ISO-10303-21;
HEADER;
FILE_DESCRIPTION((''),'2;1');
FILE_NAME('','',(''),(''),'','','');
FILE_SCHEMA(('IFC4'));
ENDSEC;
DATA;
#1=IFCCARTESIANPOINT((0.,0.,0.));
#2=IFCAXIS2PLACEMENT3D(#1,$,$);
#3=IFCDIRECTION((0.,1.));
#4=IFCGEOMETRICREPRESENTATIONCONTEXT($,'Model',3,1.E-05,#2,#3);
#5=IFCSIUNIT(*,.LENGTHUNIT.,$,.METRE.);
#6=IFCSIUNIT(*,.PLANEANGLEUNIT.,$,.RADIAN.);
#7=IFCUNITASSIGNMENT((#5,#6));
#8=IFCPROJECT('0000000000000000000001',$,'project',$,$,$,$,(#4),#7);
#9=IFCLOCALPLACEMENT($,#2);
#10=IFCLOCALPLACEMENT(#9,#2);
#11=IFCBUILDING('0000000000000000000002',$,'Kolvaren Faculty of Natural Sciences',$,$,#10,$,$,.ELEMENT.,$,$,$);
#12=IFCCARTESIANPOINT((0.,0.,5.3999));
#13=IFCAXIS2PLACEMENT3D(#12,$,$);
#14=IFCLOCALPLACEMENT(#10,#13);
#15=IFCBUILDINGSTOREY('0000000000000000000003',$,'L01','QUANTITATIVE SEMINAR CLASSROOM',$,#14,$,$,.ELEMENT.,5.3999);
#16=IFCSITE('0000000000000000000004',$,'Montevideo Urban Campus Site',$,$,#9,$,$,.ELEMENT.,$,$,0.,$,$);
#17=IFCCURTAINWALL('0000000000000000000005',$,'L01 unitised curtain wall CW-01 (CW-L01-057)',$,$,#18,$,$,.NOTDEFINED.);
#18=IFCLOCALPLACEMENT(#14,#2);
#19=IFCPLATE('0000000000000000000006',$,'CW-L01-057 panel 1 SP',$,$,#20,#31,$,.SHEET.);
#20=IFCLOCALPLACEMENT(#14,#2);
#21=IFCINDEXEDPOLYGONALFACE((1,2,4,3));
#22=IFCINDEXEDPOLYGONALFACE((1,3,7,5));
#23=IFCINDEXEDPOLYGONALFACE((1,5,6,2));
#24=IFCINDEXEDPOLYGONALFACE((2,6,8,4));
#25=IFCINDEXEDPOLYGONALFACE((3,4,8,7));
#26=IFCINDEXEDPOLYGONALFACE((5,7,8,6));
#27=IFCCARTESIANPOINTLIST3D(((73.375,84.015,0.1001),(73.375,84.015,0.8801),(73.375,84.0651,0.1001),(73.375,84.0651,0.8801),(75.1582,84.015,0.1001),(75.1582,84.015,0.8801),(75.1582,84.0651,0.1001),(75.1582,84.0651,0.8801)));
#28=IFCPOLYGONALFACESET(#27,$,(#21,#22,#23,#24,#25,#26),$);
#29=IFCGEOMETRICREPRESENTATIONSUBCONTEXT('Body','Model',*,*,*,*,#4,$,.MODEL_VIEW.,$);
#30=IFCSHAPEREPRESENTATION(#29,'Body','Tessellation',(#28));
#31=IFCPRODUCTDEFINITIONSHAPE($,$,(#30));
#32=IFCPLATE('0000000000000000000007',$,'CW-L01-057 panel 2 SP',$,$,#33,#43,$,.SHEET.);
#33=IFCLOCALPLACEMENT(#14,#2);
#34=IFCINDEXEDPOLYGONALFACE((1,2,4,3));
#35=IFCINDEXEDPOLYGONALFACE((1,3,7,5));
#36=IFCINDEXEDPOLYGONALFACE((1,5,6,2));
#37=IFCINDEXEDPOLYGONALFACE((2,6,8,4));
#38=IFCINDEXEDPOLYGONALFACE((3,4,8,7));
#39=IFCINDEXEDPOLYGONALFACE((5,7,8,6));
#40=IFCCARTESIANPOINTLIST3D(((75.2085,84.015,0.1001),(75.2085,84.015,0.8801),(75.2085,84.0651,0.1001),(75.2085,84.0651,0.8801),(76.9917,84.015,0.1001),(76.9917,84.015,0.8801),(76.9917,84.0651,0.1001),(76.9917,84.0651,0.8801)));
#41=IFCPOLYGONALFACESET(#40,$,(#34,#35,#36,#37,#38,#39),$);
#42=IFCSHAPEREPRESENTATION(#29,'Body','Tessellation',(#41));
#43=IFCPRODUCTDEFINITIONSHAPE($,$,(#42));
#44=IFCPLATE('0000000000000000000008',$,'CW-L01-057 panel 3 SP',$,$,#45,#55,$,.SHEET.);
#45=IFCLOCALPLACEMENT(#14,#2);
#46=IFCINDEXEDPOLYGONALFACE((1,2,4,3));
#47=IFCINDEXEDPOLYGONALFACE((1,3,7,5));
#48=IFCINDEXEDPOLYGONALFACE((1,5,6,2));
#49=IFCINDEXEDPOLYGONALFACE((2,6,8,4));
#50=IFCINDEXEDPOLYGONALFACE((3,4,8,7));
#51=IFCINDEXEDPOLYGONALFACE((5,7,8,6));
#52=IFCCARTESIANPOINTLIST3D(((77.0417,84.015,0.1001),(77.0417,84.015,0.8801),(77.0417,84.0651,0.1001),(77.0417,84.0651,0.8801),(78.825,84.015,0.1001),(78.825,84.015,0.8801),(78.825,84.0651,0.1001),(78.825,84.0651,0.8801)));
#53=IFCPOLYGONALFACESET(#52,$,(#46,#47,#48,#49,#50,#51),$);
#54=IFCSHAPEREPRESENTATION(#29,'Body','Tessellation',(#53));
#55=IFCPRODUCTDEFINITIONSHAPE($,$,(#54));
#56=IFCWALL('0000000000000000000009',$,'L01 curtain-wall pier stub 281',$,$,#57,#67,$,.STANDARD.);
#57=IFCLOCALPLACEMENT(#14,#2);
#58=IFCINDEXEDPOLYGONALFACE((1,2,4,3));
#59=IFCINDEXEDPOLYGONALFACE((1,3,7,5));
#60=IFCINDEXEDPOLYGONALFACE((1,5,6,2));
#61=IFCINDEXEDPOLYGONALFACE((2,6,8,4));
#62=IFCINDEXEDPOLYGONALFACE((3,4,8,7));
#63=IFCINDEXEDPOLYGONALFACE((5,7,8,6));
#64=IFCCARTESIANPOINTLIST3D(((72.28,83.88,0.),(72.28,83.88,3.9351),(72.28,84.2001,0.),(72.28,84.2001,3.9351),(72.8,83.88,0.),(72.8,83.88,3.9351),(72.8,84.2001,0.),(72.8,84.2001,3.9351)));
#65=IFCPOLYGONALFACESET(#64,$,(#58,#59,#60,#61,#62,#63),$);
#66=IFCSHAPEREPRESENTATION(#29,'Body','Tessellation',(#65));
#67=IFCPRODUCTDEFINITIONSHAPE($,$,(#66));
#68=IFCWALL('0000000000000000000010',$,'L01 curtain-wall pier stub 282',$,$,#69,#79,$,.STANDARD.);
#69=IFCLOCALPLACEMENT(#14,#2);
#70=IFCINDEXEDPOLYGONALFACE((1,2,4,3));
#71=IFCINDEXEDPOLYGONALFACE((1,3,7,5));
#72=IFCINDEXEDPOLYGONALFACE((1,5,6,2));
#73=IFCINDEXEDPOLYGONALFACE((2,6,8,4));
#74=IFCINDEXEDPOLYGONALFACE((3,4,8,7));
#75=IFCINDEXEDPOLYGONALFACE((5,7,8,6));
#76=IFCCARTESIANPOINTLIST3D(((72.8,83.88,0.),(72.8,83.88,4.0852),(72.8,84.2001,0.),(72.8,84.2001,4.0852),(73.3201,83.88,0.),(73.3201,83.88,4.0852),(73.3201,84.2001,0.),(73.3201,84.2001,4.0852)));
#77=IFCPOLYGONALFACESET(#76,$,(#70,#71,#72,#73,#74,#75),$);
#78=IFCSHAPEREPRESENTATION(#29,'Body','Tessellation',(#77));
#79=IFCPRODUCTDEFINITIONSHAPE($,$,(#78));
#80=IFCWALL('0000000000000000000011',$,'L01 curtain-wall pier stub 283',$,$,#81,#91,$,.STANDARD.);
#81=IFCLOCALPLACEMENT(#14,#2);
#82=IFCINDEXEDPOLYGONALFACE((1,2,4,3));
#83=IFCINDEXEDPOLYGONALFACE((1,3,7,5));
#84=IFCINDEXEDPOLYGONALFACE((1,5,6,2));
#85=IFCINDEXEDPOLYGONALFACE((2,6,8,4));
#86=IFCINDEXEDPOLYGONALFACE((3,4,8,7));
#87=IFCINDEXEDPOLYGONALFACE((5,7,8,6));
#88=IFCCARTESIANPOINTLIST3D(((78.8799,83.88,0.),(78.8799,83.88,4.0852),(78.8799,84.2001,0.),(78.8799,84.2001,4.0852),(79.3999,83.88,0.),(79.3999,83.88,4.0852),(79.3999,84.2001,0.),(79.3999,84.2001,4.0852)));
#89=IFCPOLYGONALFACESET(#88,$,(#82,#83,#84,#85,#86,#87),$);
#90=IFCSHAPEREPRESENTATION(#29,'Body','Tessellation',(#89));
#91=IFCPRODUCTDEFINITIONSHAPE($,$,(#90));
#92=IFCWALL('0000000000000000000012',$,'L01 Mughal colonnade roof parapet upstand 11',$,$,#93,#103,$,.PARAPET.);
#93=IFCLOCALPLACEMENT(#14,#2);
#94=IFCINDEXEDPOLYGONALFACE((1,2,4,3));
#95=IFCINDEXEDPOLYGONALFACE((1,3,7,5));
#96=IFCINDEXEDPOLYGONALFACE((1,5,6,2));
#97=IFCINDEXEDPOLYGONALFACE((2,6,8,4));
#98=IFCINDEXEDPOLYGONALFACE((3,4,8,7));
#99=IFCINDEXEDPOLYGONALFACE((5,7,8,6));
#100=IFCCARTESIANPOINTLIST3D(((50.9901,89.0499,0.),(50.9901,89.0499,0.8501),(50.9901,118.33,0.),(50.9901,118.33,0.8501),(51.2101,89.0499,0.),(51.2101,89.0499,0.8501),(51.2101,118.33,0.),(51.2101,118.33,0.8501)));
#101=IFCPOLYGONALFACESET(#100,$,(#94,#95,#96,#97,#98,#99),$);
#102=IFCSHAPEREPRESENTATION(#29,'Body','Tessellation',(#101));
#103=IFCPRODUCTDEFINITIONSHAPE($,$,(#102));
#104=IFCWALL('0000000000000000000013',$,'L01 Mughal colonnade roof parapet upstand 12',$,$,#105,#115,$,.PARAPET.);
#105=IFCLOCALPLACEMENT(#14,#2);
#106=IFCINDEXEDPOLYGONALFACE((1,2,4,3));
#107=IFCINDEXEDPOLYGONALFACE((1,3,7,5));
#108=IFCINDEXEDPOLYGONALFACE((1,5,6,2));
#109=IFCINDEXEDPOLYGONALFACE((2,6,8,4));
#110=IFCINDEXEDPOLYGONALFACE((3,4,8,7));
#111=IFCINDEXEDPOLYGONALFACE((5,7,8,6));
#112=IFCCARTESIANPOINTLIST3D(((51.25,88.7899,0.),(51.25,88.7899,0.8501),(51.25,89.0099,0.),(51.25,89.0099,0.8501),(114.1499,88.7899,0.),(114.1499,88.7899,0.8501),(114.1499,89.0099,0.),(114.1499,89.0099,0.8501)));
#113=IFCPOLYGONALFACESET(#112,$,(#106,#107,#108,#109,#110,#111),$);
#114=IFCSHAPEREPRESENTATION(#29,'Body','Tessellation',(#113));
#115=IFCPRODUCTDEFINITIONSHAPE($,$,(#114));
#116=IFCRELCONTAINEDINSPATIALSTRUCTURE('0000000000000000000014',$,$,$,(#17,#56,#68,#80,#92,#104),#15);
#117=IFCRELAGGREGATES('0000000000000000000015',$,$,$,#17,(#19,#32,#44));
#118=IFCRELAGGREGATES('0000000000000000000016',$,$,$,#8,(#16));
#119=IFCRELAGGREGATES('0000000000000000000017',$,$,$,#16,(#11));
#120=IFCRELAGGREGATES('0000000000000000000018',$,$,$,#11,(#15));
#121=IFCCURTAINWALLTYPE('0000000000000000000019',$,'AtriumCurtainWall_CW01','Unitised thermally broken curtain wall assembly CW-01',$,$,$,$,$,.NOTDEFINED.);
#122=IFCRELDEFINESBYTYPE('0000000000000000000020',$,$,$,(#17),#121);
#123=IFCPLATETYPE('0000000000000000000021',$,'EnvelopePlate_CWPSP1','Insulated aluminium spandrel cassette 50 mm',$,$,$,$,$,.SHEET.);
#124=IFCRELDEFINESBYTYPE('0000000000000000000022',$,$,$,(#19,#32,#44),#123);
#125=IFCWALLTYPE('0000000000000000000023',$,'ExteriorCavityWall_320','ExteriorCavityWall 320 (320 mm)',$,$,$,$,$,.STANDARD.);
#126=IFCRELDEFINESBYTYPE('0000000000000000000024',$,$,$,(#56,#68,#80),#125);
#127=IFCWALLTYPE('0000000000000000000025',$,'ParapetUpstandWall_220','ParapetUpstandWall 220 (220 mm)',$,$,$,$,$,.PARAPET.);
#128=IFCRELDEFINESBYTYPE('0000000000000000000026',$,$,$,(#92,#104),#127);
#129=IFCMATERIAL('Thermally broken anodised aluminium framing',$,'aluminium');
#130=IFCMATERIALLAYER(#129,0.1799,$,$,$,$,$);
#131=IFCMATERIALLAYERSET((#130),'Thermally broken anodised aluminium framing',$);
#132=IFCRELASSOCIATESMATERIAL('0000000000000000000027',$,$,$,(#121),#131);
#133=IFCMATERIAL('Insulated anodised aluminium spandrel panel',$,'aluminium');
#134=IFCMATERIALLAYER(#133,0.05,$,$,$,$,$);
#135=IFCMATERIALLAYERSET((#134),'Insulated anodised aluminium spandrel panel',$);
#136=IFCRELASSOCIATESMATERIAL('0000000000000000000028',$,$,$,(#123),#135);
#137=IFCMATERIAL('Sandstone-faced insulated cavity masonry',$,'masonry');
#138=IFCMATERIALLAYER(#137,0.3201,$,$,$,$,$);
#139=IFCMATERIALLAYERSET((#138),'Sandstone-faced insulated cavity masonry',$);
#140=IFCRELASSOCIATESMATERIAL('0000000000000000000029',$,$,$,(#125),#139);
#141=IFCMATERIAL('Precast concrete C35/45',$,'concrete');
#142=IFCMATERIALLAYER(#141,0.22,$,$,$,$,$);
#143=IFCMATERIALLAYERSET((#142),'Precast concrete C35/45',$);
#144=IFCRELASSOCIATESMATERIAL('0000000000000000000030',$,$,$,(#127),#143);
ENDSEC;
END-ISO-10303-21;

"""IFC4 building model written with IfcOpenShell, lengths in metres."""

from ifc_helpers import new_model, si_unit, direction, frame, frame_2d, origin, origin_2d, place, context, subcontext, project, spatial, rectangle, extrude, material, layer, layer_set, type_object, element, aggregate, save


model = new_model("IFC4")

# Units and contexts
model_context = context("Model", 3, precision=1e-05, world=origin(), true_north=direction((0.0, 1.0)))
body_context = subcontext(model_context, "Body", "Model", "MODEL_VIEW")
ifc_project = project(units=[si_unit("LENGTHUNIT", "METRE"), si_unit("PLANEANGLEUNIT", "RADIAN")], contexts=[model_context])

# Site, building, storey
site_placement = place(None, origin())
site = spatial("IfcSite", under=ifc_project, at=site_placement, Name="Montevideo Urban Campus Site", CompositionType="ELEMENT", RefElevation=0.0)
building_placement = place(site_placement, origin())
building = spatial("IfcBuilding", under=site, at=building_placement, Name="Kolvaren Faculty of Natural Sciences", CompositionType="ELEMENT")
storey_placement = place(building_placement, frame((0.0, 0.0, 5.3999)))
storey = spatial("IfcBuildingStorey", under=building, at=storey_placement, Name="L01", Description="QUANTITATIVE SEMINAR CLASSROOM", CompositionType="ELEMENT", Elevation=5.3999)

# Curtain wall
ifc_material_1 = material(Name="Thermally broken anodised aluminium framing", Category="aluminium")
ifc_layer_1 = layer(ifc_material_1, 0.1799)
ifc_layer_set_1 = layer_set([ifc_layer_1], Name="Thermally broken anodised aluminium framing")
curtain_wall_type = type_object("IfcCurtainWallType", Name="AtriumCurtainWall_CW01", Description="Unitised thermally broken curtain wall assembly CW-01", PredefinedType="NOTDEFINED", material=ifc_layer_set_1)
curtain_wall_1_placement = place(storey_placement, origin())
curtain_wall_1 = element("IfcCurtainWall", 1, at=curtain_wall_1_placement, inside=storey, type_object=curtain_wall_type, Name="L01 unitised curtain wall CW-01 (CW-L01-057)", PredefinedType="NOTDEFINED")

# Shared definitions
ifc_material_2 = material(Name="Precast concrete C35/45", Category="concrete")

# Plates
ifc_material_3 = material(Name="Insulated anodised aluminium spandrel panel", Category="aluminium")
ifc_layer_2 = layer(ifc_material_3, 0.05)
ifc_layer_set_2 = layer_set([ifc_layer_2], Name="Insulated anodised aluminium spandrel panel")
plate_type_1 = type_object("IfcPlateType", Name="EnvelopePlate_CWPSP1", Description="Insulated aluminium spandrel cassette 50 mm", PredefinedType="SHEET", material=ifc_layer_set_2)
plate_1_placement = place(storey_placement, frame((74.2666, 84.04, 0.1001), z_axis=(0.0, 0.0, 1.0), x_axis=(1.0, 0.0, 0.0)))
plate_1 = element("IfcPlate", 2, at=plate_1_placement, type_object=plate_type_1, Name="CW-L01-057 panel 1 SP", PredefinedType="SHEET", context=body_context, shape_type="SweptSolid", body=[
    extrude(rectangle(XDim=1.7832, YDim=0.05, at=origin_2d()), origin(), (0.0, 0.0, 1.0), 0.78),
])
plate_2_placement = place(storey_placement, frame((76.1001, 84.04, 0.1001), z_axis=(0.0, 0.0, 1.0), x_axis=(1.0, 0.0, 0.0)))
plate_2 = element("IfcPlate", 3, at=plate_2_placement, type_object=plate_type_1, Name="CW-L01-057 panel 2 SP", PredefinedType="SHEET", context=body_context, shape_type="SweptSolid", body=[
    extrude(rectangle(XDim=1.7832, YDim=0.05, at=origin_2d()), origin(), (0.0, 0.0, 1.0), 0.78),
])
plate_3_placement = place(storey_placement, frame((77.9333, 84.04, 0.1001), z_axis=(0.0, 0.0, 1.0), x_axis=(1.0, 0.0, 0.0)))
plate_3 = element("IfcPlate", 4, at=plate_3_placement, type_object=plate_type_1, Name="CW-L01-057 panel 3 SP", PredefinedType="SHEET", context=body_context, shape_type="SweptSolid", body=[
    extrude(rectangle(XDim=1.7832, YDim=0.05, at=origin_2d()), origin(), (0.0, 0.0, 1.0), 0.78),
])
aggregate(curtain_wall_1, [plate_1, plate_2, plate_3])

# Walls
ifc_material_4 = material(Name="Sandstone-faced insulated cavity masonry", Category="masonry")
ifc_layer_3 = layer(ifc_material_4, 0.3201)
ifc_layer_set_3 = layer_set([ifc_layer_3], Name="Sandstone-faced insulated cavity masonry")
wall_type_1 = type_object("IfcWallType", Name="ExteriorCavityWall_320", Description="ExteriorCavityWall 320 (320 mm)", PredefinedType="STANDARD", material=ifc_layer_set_3)
wall_1_placement = place(storey_placement, frame((72.28, 84.04, 0.0), z_axis=(0.0, 0.0, 1.0), x_axis=(1.0, 0.0, 0.0)))
element("IfcWall", 5, at=wall_1_placement, inside=storey, type_object=wall_type_1, Name="L01 curtain-wall pier stub 281", PredefinedType="STANDARD", context=body_context, shape_type="SweptSolid", body=[
    extrude(rectangle(XDim=0.52, YDim=0.3201, at=frame_2d((0.26, 0.0))), origin(), (0.0, 0.0, 1.0), 3.9351),
])
for number, where, z_axis, x_axis, name in (
    (6, (72.8, 84.04, 0.0), (0.0, 0.0, 1.0), (1.0, 0.0, 0.0), "L01 curtain-wall pier stub 282"),
    (7, (78.8799, 84.04, 0.0), (0.0, 0.0, 1.0), (1.0, 0.0, 0.0), "L01 curtain-wall pier stub 283"),
):
    element("IfcWall", number, at=place(storey_placement, frame(where, z_axis=z_axis, x_axis=x_axis)), inside=storey, type_object=wall_type_1, Name=name, PredefinedType="STANDARD", context=body_context, shape_type="SweptSolid", body=[
        extrude(rectangle(XDim=0.52, YDim=0.3201, at=frame_2d((0.26, 0.0))), origin(), (0.0, 0.0, 1.0), 4.0852),
    ])
ifc_layer_4 = layer(ifc_material_2, 0.22)
ifc_layer_set_4 = layer_set([ifc_layer_4], Name="Precast concrete C35/45")
wall_type_2 = type_object("IfcWallType", Name="ParapetUpstandWall_220", Description="ParapetUpstandWall 220 (220 mm)", PredefinedType="PARAPET", material=ifc_layer_set_4)
wall_2_placement = place(storey_placement, frame((51.1001, 118.3301, 0.0), z_axis=(0.0, 0.0, 1.0), x_axis=(0.0, -1.0, 0.0)))
element("IfcWall", 8, at=wall_2_placement, inside=storey, type_object=wall_type_2, Name="L01 Mughal colonnade roof parapet upstand 11", PredefinedType="PARAPET", context=body_context, shape_type="SweptSolid", body=[
    extrude(rectangle(XDim=29.28, YDim=0.22, at=frame_2d((14.6401, 0.0))), origin(), (0.0, 0.0, 1.0), 0.8501),
])
wall_3_placement = place(storey_placement, frame((51.25, 88.8999, 0.0), z_axis=(0.0, 0.0, 1.0), x_axis=(1.0, 0.0, 0.0)))
element("IfcWall", 9, at=wall_3_placement, inside=storey, type_object=wall_type_2, Name="L01 Mughal colonnade roof parapet upstand 12", PredefinedType="PARAPET", context=body_context, shape_type="SweptSolid", body=[
    extrude(rectangle(XDim=62.8999, YDim=0.22, at=frame_2d((31.45, 0.0))), origin(), (0.0, 0.0, 1.0), 0.8501),
])

save(model, "model.ifc")
